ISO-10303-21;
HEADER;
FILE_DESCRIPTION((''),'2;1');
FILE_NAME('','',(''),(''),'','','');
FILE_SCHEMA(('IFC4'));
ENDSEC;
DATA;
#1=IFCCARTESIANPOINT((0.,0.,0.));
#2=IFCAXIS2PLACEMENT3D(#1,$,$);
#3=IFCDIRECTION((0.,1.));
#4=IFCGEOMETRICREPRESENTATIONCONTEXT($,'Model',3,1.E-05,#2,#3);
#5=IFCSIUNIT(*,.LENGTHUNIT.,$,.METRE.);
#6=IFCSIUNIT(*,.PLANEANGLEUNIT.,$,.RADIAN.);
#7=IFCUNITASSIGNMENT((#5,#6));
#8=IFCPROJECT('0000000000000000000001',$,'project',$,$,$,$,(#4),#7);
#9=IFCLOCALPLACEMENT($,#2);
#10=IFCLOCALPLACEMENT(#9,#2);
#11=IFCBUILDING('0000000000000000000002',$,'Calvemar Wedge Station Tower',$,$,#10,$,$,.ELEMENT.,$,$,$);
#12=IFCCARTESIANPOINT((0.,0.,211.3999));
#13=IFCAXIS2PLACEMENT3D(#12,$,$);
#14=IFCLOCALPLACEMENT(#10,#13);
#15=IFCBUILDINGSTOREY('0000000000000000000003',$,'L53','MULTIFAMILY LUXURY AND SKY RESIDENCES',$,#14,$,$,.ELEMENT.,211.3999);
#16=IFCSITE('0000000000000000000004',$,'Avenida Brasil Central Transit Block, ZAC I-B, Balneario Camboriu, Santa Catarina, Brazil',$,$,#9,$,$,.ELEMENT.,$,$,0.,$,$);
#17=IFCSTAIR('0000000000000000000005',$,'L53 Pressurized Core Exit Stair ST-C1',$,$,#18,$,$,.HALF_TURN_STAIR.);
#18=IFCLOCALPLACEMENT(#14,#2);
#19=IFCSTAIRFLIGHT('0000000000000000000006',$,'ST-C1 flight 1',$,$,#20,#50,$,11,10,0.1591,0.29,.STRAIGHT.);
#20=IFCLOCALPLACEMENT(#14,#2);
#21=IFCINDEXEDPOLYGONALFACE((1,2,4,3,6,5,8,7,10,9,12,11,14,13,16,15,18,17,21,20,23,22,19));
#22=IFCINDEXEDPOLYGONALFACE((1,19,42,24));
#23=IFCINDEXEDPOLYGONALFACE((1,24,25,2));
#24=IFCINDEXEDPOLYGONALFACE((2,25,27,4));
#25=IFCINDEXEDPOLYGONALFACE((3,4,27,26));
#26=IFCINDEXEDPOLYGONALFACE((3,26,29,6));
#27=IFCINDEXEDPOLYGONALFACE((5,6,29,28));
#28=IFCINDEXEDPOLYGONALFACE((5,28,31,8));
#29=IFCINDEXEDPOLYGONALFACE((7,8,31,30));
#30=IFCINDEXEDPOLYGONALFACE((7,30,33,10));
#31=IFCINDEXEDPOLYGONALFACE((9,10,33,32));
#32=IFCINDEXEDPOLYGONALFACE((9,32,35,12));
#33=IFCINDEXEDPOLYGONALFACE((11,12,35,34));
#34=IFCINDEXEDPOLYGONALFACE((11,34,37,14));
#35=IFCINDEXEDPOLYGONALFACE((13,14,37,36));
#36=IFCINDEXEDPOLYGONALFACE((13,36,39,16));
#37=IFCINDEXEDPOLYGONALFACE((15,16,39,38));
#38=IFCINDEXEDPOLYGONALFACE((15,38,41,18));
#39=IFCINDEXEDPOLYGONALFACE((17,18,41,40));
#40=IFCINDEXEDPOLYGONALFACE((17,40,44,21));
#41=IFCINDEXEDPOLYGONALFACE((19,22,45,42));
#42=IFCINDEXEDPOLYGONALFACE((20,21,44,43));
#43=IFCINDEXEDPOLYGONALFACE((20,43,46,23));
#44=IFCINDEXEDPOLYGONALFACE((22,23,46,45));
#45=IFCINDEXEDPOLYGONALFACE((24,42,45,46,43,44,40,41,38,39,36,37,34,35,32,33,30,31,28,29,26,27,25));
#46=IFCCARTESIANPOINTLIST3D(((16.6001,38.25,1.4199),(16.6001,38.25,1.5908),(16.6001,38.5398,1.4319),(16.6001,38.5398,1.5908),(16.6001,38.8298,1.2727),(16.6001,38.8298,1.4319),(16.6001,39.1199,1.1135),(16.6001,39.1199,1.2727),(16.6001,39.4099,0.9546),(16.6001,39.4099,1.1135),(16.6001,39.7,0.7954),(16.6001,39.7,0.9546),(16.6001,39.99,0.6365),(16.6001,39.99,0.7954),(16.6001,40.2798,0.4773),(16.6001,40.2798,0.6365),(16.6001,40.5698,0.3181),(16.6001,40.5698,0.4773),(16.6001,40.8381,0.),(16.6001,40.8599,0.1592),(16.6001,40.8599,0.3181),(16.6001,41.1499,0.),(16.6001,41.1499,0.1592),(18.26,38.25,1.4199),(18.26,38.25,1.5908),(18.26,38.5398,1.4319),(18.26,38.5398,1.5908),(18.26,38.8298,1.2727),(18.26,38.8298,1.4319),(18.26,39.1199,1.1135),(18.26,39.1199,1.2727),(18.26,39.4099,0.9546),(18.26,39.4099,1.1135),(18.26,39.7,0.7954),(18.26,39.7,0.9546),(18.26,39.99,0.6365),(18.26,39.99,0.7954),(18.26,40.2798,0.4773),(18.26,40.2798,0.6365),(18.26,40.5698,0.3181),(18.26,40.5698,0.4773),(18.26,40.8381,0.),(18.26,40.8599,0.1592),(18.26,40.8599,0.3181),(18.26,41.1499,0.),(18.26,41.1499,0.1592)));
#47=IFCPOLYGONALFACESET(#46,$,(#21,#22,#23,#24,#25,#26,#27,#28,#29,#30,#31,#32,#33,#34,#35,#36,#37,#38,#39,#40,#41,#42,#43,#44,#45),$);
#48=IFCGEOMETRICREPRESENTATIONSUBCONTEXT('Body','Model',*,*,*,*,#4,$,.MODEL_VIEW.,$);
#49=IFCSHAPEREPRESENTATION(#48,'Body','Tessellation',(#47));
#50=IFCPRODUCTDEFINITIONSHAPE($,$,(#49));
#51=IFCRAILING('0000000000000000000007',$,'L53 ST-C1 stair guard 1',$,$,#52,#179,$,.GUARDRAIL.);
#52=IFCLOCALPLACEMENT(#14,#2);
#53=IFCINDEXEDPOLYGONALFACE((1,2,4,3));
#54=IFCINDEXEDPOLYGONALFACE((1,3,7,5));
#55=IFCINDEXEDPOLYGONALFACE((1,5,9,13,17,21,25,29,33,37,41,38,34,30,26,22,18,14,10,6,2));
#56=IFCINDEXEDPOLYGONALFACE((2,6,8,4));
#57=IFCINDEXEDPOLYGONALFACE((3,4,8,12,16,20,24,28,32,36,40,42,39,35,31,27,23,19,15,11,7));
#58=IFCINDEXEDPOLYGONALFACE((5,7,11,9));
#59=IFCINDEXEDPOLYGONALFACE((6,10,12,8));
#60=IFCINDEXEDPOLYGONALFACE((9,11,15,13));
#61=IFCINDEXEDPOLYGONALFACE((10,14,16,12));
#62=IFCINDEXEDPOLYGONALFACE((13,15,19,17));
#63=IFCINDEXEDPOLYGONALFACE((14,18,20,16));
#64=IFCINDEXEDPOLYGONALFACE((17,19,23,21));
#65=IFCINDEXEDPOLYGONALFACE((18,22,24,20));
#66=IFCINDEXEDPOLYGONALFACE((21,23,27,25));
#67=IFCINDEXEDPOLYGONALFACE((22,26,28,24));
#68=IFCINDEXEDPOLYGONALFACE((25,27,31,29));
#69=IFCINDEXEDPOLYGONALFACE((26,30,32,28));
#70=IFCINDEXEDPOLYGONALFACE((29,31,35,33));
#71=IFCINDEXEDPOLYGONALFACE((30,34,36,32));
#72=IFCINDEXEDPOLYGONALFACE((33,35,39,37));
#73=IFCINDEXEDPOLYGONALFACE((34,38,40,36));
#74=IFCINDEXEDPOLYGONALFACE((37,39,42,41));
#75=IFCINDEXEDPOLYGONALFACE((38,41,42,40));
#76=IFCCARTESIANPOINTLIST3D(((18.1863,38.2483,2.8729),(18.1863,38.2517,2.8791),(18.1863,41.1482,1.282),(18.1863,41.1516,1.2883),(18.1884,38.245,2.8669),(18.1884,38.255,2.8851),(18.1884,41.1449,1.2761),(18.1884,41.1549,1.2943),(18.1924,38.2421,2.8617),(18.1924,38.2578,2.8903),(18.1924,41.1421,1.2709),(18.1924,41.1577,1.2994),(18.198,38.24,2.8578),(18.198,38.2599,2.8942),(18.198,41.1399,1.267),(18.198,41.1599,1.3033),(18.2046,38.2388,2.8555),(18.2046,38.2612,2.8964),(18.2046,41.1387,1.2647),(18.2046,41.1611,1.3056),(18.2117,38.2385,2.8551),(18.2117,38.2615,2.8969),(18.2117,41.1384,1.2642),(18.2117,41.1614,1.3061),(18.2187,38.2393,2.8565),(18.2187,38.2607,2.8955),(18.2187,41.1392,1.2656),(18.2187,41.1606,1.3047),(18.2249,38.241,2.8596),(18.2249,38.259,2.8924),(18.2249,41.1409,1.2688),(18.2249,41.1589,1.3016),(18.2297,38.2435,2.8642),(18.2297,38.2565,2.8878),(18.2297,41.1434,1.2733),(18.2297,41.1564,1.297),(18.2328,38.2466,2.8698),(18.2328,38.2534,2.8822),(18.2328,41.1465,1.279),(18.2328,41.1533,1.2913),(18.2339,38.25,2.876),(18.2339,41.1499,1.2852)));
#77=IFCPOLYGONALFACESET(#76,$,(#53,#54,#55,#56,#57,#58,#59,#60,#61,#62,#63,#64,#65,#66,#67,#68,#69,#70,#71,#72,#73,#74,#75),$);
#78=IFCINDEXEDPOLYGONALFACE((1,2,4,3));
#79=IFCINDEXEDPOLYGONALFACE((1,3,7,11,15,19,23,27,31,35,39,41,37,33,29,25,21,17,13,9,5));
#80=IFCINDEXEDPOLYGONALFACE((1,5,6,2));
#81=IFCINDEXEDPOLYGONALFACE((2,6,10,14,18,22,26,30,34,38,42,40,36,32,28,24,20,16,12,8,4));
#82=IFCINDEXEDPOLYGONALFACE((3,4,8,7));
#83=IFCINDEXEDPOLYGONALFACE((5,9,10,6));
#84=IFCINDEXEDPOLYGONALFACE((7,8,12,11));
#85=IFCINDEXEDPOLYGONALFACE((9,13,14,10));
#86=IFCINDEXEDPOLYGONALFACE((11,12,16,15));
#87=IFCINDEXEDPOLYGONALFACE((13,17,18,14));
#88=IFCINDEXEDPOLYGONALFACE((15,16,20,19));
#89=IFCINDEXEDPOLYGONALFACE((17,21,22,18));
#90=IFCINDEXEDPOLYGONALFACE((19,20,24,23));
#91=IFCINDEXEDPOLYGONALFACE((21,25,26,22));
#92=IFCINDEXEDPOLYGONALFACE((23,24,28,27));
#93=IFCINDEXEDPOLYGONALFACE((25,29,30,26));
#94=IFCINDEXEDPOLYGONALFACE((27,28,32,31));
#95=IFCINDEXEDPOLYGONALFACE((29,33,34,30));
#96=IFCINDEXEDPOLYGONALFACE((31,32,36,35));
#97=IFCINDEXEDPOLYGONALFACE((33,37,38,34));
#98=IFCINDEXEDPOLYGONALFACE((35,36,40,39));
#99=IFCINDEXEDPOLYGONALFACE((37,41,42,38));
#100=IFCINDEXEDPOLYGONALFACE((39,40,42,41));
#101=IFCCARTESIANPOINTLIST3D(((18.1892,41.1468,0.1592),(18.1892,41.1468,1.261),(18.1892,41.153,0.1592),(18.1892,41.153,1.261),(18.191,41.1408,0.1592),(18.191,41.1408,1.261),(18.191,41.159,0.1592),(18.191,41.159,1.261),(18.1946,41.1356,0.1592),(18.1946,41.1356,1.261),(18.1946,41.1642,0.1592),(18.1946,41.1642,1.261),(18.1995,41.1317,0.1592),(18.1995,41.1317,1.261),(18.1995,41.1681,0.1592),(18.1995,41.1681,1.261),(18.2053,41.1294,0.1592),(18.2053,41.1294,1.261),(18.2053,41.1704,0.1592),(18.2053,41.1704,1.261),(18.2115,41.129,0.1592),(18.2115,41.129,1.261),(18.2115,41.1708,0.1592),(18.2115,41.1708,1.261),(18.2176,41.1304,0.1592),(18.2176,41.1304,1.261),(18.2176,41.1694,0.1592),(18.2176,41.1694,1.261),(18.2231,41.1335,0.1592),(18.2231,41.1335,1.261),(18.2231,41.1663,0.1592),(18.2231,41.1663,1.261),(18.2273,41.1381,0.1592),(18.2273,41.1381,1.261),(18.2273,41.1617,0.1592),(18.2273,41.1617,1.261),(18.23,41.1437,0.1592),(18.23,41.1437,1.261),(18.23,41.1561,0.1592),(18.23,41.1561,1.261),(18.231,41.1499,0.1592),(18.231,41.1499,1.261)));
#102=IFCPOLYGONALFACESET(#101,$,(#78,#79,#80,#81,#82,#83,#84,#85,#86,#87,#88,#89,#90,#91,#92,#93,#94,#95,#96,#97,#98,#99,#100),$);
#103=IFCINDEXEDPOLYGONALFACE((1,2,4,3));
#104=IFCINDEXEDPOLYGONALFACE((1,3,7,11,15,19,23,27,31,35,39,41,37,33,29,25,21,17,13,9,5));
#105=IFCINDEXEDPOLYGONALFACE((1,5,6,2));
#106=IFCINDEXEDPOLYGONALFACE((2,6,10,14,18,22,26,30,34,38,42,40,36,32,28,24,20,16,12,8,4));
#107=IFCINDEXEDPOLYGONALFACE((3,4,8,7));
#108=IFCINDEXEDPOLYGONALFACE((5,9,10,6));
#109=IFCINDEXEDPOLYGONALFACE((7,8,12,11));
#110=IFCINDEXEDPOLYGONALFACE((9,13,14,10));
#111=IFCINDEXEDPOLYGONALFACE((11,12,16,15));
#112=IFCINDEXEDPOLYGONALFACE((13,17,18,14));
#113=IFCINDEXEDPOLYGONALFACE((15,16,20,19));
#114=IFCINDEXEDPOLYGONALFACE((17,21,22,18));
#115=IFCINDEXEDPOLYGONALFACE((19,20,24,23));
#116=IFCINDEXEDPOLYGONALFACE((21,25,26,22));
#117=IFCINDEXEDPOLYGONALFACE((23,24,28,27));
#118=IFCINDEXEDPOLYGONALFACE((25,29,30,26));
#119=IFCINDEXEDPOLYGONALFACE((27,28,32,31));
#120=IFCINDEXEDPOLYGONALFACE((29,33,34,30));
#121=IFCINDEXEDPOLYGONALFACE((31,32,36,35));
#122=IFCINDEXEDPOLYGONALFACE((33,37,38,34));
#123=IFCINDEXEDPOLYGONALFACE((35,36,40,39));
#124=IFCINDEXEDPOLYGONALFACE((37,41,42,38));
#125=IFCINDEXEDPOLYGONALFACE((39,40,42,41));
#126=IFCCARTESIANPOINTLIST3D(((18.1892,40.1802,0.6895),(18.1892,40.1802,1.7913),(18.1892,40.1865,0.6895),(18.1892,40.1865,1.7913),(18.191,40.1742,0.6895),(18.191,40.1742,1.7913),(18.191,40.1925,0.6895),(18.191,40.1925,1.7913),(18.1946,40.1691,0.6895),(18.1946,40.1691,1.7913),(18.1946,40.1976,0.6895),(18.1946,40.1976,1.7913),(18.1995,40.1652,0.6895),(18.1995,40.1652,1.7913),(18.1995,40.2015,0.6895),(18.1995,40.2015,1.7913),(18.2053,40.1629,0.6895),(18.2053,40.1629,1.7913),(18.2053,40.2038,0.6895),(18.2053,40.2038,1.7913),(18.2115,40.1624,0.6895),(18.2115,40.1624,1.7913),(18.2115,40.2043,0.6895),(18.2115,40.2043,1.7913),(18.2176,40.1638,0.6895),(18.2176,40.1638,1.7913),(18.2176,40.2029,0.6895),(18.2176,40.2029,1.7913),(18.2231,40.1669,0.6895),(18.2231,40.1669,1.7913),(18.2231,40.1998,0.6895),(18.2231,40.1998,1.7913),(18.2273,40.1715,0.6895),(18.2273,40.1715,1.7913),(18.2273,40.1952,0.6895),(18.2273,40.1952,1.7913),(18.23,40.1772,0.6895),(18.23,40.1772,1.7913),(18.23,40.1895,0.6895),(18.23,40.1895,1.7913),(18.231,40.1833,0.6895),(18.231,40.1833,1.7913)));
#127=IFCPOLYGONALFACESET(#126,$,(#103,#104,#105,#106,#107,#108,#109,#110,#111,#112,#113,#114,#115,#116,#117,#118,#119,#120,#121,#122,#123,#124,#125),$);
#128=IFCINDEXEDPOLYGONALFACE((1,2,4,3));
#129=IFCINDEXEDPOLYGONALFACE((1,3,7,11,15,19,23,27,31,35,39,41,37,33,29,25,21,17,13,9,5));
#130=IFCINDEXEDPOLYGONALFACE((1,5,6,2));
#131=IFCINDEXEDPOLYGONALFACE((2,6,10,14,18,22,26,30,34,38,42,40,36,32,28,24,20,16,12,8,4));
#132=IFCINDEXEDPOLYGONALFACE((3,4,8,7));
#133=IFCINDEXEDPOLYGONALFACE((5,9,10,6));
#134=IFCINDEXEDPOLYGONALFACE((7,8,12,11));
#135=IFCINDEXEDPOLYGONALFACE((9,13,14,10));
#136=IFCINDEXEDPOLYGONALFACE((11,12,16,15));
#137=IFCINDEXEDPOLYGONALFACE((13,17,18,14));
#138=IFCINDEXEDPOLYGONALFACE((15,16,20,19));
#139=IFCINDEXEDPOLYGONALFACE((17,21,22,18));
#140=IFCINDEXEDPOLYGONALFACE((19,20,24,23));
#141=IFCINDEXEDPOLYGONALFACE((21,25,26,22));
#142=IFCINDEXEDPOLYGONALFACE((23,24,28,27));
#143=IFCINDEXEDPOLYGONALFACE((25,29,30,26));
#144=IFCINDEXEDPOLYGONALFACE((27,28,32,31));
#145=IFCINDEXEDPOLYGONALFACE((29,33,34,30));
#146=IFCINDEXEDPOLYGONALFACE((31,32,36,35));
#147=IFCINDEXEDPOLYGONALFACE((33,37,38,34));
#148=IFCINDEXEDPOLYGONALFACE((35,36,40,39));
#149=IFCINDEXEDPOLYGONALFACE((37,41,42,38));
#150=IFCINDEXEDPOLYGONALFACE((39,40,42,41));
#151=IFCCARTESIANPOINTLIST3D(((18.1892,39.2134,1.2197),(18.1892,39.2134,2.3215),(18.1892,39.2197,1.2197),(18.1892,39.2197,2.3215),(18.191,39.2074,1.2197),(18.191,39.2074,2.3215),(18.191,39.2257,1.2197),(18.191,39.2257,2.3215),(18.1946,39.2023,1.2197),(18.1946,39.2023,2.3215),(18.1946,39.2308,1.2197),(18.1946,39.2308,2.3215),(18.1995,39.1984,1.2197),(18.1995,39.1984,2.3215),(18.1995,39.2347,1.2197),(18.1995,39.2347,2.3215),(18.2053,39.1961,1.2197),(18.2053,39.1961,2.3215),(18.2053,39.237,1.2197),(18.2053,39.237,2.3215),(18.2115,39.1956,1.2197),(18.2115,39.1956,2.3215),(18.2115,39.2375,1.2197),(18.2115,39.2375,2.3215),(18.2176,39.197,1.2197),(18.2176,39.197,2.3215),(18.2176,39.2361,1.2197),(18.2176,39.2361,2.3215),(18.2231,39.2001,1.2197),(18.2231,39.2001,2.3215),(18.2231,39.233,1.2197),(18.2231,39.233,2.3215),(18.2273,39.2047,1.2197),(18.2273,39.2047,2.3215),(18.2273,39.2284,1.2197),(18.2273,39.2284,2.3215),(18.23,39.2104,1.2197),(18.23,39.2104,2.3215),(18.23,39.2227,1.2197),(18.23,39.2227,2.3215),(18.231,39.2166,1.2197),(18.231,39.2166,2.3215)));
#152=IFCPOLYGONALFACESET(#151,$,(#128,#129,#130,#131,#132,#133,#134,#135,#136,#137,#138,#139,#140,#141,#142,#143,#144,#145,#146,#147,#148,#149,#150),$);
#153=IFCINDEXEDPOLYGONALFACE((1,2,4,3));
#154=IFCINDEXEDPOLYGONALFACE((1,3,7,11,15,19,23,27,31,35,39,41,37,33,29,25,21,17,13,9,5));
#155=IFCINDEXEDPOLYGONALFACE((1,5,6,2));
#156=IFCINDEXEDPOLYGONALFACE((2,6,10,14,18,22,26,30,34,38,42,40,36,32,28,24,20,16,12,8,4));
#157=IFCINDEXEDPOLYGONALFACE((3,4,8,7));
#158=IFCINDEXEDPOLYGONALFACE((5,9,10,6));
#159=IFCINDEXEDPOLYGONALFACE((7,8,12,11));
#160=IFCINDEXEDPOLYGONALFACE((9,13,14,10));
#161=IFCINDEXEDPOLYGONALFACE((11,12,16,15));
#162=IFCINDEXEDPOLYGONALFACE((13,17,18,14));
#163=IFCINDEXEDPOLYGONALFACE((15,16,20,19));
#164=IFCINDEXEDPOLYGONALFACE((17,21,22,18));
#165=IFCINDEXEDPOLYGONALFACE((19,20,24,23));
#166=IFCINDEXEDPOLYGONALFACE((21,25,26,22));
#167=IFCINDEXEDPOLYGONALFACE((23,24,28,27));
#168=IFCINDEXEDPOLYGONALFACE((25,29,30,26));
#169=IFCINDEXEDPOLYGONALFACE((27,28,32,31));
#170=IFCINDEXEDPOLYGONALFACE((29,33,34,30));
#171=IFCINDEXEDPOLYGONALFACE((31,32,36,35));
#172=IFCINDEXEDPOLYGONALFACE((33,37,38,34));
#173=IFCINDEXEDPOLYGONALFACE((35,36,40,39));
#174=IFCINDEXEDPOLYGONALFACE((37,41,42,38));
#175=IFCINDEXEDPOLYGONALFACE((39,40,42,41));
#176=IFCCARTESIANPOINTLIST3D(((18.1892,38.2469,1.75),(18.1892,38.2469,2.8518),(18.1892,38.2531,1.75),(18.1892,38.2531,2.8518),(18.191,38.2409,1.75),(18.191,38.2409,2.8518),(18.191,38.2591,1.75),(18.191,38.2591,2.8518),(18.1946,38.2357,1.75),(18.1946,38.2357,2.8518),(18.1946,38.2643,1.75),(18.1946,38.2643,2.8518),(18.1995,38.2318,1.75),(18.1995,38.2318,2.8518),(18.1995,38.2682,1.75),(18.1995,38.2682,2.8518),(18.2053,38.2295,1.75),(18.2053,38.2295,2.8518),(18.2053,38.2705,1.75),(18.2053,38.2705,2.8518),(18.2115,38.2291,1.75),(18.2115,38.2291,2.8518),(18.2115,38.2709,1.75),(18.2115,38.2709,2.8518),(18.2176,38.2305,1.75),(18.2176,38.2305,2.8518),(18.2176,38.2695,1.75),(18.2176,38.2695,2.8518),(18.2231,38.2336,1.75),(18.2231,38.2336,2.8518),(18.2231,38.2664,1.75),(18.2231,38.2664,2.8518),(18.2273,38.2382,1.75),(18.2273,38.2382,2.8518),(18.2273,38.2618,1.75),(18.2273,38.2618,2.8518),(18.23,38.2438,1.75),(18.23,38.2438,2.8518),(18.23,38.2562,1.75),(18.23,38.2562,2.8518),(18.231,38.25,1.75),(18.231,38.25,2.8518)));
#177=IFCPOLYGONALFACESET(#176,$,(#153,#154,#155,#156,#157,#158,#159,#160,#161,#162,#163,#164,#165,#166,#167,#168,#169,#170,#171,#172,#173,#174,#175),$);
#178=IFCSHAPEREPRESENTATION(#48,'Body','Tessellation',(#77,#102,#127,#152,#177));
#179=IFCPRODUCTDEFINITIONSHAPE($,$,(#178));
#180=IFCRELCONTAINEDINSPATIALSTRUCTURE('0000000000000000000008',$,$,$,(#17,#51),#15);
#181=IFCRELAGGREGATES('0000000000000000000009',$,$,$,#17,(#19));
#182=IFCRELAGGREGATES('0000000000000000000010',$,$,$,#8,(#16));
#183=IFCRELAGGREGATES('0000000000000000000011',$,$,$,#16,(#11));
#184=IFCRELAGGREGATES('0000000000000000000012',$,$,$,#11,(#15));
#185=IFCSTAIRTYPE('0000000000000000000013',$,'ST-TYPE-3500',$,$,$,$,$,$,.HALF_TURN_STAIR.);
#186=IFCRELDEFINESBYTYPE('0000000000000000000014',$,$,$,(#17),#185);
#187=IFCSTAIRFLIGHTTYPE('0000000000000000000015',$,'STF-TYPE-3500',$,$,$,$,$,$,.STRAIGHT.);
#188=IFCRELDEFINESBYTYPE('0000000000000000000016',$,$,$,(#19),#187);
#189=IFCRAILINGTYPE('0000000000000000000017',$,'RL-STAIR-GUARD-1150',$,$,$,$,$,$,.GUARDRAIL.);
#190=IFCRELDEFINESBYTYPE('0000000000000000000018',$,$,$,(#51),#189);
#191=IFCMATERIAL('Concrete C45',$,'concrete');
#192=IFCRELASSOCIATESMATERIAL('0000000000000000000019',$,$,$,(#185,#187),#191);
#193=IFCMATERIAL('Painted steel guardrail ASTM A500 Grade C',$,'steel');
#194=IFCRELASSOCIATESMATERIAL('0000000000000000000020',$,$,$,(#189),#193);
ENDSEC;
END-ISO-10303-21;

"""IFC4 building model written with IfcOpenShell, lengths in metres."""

from ifc_helpers import new_model, si_unit, direction, frame, origin, origin_2d, place, context, subcontext, project, spatial, polyline, circle, outline, extrude, material, type_object, element, aggregate, save


model = new_model("IFC4")

# Units and contexts
model_context = context("Model", 3, precision=1e-05, world=origin(), true_north=direction((0.0, 1.0)))
body_context = subcontext(model_context, "Body", "Model", "MODEL_VIEW")
ifc_project = project(units=[si_unit("LENGTHUNIT", "METRE"), si_unit("PLANEANGLEUNIT", "RADIAN")], contexts=[model_context])

# Site, building, storey
site_placement = place(None, origin())
site = spatial("IfcSite", under=ifc_project, at=site_placement, Name="Avenida Brasil Central Transit Block, ZAC I-B, Balneario Camboriu, Santa Catarina, Brazil", CompositionType="ELEMENT", RefElevation=0.0)
building_placement = place(site_placement, origin())
building = spatial("IfcBuilding", under=site, at=building_placement, Name="Calvemar Wedge Station Tower", CompositionType="ELEMENT")
storey_placement = place(building_placement, frame((0.0, 0.0, 211.3999)))
storey = spatial("IfcBuildingStorey", under=building, at=storey_placement, Name="L53", Description="MULTIFAMILY LUXURY AND SKY RESIDENCES", CompositionType="ELEMENT", Elevation=211.3999)

# Stair, stair flight
ifc_material_1 = material(Name="Concrete C45", Category="concrete")
stair_type = type_object("IfcStairType", Name="ST-TYPE-3500", PredefinedType="HALF_TURN_STAIR", material=ifc_material_1)
stair_placement = place(storey_placement, origin())
stair = element("IfcStair", 1, at=stair_placement, inside=storey, type_object=stair_type, Name="L53 Pressurized Core Exit Stair ST-C1", PredefinedType="HALF_TURN_STAIR")
stair_flight_type = type_object("IfcStairFlightType", Name="STF-TYPE-3500", PredefinedType="STRAIGHT", material=ifc_material_1)
stair_flight_placement = place(storey_placement, frame((17.4299, 41.1499, 0.0), z_axis=(0.0, 0.0, 1.0), x_axis=(0.0, -1.0, 0.0)))
stair_flight = element("IfcStairFlight", 2, at=stair_flight_placement, type_object=stair_flight_type, Name="ST-C1 flight 1", NumberOfRisers=11, NumberOfTreads=10, PredefinedType="STRAIGHT", RiserHeight=0.1591, TreadLength=0.29, context=body_context, shape_type="SweptSolid", body=[
    extrude(outline(polyline([(0.0, 0.0), (0.0, 0.1592), (0.29, 0.1592), (0.29, 0.3181), (0.5801, 0.3181), (0.5801, 0.4773), (0.8701, 0.4773), (0.8701, 0.6365), (1.1599, 0.6365), (1.1599, 0.7954), (1.45, 0.7954), (1.45, 0.9546), (1.74, 0.9546), (1.74, 1.1135), (2.03, 1.1135), (2.03, 1.2727), (2.3201, 1.2727), (2.3201, 1.4319), (2.6101, 1.4319), (2.6101, 1.5908), (2.8999, 1.5908), (2.8999, 1.75), (2.8999, 1.4199), (0.3118, 0.0), (0.0, 0.0)])), frame((0.0, 0.8301, 0.0), z_axis=(0.0, -1.0, 0.0), x_axis=(1.0, 0.0, 0.0)), (0.0, 0.0, 1.0), 1.6599),
])
aggregate(stair, [stair_flight])

# Railing
ifc_material_2 = material(Name="Painted steel guardrail ASTM A500 Grade C", Category="steel")
railing_type = type_object("IfcRailingType", Name="RL-STAIR-GUARD-1150", PredefinedType="GUARDRAIL", material=ifc_material_2)
railing_1_placement = place(storey_placement, frame((18.21, 41.1499, 0.1592)))
element("IfcRailing", 3, at=railing_1_placement, inside=storey, type_object=railing_type, Name="L53 ST-C1 stair guard 1", PredefinedType="GUARDRAIL", context=body_context, shape_type="SweptSolid", body=[
    extrude(circle(Radius=0.0239, at=origin_2d()), frame((0.0, 0.0, 1.126), z_axis=(0.0, -0.876742, 0.480961), x_axis=(1.0, 0.0, 0.0)), (0.0, 0.0, 1.0), 3.3076),
    extrude(circle(Radius=0.021, at=origin_2d()), origin(), (0.0, 0.0, 1.0), 1.1018),
    extrude(circle(Radius=0.021, at=origin_2d()), frame((0.0, -0.9666, 0.5303)), (0.0, 0.0, 1.0), 1.1018),
    extrude(circle(Radius=0.021, at=origin_2d()), frame((0.0, -1.9333, 1.0605)), (0.0, 0.0, 1.0), 1.1018),
    extrude(circle(Radius=0.021, at=origin_2d()), frame((0.0, -2.8999, 1.5908)), (0.0, 0.0, 1.0), 1.1018),
])

save(model, "model.ifc")
